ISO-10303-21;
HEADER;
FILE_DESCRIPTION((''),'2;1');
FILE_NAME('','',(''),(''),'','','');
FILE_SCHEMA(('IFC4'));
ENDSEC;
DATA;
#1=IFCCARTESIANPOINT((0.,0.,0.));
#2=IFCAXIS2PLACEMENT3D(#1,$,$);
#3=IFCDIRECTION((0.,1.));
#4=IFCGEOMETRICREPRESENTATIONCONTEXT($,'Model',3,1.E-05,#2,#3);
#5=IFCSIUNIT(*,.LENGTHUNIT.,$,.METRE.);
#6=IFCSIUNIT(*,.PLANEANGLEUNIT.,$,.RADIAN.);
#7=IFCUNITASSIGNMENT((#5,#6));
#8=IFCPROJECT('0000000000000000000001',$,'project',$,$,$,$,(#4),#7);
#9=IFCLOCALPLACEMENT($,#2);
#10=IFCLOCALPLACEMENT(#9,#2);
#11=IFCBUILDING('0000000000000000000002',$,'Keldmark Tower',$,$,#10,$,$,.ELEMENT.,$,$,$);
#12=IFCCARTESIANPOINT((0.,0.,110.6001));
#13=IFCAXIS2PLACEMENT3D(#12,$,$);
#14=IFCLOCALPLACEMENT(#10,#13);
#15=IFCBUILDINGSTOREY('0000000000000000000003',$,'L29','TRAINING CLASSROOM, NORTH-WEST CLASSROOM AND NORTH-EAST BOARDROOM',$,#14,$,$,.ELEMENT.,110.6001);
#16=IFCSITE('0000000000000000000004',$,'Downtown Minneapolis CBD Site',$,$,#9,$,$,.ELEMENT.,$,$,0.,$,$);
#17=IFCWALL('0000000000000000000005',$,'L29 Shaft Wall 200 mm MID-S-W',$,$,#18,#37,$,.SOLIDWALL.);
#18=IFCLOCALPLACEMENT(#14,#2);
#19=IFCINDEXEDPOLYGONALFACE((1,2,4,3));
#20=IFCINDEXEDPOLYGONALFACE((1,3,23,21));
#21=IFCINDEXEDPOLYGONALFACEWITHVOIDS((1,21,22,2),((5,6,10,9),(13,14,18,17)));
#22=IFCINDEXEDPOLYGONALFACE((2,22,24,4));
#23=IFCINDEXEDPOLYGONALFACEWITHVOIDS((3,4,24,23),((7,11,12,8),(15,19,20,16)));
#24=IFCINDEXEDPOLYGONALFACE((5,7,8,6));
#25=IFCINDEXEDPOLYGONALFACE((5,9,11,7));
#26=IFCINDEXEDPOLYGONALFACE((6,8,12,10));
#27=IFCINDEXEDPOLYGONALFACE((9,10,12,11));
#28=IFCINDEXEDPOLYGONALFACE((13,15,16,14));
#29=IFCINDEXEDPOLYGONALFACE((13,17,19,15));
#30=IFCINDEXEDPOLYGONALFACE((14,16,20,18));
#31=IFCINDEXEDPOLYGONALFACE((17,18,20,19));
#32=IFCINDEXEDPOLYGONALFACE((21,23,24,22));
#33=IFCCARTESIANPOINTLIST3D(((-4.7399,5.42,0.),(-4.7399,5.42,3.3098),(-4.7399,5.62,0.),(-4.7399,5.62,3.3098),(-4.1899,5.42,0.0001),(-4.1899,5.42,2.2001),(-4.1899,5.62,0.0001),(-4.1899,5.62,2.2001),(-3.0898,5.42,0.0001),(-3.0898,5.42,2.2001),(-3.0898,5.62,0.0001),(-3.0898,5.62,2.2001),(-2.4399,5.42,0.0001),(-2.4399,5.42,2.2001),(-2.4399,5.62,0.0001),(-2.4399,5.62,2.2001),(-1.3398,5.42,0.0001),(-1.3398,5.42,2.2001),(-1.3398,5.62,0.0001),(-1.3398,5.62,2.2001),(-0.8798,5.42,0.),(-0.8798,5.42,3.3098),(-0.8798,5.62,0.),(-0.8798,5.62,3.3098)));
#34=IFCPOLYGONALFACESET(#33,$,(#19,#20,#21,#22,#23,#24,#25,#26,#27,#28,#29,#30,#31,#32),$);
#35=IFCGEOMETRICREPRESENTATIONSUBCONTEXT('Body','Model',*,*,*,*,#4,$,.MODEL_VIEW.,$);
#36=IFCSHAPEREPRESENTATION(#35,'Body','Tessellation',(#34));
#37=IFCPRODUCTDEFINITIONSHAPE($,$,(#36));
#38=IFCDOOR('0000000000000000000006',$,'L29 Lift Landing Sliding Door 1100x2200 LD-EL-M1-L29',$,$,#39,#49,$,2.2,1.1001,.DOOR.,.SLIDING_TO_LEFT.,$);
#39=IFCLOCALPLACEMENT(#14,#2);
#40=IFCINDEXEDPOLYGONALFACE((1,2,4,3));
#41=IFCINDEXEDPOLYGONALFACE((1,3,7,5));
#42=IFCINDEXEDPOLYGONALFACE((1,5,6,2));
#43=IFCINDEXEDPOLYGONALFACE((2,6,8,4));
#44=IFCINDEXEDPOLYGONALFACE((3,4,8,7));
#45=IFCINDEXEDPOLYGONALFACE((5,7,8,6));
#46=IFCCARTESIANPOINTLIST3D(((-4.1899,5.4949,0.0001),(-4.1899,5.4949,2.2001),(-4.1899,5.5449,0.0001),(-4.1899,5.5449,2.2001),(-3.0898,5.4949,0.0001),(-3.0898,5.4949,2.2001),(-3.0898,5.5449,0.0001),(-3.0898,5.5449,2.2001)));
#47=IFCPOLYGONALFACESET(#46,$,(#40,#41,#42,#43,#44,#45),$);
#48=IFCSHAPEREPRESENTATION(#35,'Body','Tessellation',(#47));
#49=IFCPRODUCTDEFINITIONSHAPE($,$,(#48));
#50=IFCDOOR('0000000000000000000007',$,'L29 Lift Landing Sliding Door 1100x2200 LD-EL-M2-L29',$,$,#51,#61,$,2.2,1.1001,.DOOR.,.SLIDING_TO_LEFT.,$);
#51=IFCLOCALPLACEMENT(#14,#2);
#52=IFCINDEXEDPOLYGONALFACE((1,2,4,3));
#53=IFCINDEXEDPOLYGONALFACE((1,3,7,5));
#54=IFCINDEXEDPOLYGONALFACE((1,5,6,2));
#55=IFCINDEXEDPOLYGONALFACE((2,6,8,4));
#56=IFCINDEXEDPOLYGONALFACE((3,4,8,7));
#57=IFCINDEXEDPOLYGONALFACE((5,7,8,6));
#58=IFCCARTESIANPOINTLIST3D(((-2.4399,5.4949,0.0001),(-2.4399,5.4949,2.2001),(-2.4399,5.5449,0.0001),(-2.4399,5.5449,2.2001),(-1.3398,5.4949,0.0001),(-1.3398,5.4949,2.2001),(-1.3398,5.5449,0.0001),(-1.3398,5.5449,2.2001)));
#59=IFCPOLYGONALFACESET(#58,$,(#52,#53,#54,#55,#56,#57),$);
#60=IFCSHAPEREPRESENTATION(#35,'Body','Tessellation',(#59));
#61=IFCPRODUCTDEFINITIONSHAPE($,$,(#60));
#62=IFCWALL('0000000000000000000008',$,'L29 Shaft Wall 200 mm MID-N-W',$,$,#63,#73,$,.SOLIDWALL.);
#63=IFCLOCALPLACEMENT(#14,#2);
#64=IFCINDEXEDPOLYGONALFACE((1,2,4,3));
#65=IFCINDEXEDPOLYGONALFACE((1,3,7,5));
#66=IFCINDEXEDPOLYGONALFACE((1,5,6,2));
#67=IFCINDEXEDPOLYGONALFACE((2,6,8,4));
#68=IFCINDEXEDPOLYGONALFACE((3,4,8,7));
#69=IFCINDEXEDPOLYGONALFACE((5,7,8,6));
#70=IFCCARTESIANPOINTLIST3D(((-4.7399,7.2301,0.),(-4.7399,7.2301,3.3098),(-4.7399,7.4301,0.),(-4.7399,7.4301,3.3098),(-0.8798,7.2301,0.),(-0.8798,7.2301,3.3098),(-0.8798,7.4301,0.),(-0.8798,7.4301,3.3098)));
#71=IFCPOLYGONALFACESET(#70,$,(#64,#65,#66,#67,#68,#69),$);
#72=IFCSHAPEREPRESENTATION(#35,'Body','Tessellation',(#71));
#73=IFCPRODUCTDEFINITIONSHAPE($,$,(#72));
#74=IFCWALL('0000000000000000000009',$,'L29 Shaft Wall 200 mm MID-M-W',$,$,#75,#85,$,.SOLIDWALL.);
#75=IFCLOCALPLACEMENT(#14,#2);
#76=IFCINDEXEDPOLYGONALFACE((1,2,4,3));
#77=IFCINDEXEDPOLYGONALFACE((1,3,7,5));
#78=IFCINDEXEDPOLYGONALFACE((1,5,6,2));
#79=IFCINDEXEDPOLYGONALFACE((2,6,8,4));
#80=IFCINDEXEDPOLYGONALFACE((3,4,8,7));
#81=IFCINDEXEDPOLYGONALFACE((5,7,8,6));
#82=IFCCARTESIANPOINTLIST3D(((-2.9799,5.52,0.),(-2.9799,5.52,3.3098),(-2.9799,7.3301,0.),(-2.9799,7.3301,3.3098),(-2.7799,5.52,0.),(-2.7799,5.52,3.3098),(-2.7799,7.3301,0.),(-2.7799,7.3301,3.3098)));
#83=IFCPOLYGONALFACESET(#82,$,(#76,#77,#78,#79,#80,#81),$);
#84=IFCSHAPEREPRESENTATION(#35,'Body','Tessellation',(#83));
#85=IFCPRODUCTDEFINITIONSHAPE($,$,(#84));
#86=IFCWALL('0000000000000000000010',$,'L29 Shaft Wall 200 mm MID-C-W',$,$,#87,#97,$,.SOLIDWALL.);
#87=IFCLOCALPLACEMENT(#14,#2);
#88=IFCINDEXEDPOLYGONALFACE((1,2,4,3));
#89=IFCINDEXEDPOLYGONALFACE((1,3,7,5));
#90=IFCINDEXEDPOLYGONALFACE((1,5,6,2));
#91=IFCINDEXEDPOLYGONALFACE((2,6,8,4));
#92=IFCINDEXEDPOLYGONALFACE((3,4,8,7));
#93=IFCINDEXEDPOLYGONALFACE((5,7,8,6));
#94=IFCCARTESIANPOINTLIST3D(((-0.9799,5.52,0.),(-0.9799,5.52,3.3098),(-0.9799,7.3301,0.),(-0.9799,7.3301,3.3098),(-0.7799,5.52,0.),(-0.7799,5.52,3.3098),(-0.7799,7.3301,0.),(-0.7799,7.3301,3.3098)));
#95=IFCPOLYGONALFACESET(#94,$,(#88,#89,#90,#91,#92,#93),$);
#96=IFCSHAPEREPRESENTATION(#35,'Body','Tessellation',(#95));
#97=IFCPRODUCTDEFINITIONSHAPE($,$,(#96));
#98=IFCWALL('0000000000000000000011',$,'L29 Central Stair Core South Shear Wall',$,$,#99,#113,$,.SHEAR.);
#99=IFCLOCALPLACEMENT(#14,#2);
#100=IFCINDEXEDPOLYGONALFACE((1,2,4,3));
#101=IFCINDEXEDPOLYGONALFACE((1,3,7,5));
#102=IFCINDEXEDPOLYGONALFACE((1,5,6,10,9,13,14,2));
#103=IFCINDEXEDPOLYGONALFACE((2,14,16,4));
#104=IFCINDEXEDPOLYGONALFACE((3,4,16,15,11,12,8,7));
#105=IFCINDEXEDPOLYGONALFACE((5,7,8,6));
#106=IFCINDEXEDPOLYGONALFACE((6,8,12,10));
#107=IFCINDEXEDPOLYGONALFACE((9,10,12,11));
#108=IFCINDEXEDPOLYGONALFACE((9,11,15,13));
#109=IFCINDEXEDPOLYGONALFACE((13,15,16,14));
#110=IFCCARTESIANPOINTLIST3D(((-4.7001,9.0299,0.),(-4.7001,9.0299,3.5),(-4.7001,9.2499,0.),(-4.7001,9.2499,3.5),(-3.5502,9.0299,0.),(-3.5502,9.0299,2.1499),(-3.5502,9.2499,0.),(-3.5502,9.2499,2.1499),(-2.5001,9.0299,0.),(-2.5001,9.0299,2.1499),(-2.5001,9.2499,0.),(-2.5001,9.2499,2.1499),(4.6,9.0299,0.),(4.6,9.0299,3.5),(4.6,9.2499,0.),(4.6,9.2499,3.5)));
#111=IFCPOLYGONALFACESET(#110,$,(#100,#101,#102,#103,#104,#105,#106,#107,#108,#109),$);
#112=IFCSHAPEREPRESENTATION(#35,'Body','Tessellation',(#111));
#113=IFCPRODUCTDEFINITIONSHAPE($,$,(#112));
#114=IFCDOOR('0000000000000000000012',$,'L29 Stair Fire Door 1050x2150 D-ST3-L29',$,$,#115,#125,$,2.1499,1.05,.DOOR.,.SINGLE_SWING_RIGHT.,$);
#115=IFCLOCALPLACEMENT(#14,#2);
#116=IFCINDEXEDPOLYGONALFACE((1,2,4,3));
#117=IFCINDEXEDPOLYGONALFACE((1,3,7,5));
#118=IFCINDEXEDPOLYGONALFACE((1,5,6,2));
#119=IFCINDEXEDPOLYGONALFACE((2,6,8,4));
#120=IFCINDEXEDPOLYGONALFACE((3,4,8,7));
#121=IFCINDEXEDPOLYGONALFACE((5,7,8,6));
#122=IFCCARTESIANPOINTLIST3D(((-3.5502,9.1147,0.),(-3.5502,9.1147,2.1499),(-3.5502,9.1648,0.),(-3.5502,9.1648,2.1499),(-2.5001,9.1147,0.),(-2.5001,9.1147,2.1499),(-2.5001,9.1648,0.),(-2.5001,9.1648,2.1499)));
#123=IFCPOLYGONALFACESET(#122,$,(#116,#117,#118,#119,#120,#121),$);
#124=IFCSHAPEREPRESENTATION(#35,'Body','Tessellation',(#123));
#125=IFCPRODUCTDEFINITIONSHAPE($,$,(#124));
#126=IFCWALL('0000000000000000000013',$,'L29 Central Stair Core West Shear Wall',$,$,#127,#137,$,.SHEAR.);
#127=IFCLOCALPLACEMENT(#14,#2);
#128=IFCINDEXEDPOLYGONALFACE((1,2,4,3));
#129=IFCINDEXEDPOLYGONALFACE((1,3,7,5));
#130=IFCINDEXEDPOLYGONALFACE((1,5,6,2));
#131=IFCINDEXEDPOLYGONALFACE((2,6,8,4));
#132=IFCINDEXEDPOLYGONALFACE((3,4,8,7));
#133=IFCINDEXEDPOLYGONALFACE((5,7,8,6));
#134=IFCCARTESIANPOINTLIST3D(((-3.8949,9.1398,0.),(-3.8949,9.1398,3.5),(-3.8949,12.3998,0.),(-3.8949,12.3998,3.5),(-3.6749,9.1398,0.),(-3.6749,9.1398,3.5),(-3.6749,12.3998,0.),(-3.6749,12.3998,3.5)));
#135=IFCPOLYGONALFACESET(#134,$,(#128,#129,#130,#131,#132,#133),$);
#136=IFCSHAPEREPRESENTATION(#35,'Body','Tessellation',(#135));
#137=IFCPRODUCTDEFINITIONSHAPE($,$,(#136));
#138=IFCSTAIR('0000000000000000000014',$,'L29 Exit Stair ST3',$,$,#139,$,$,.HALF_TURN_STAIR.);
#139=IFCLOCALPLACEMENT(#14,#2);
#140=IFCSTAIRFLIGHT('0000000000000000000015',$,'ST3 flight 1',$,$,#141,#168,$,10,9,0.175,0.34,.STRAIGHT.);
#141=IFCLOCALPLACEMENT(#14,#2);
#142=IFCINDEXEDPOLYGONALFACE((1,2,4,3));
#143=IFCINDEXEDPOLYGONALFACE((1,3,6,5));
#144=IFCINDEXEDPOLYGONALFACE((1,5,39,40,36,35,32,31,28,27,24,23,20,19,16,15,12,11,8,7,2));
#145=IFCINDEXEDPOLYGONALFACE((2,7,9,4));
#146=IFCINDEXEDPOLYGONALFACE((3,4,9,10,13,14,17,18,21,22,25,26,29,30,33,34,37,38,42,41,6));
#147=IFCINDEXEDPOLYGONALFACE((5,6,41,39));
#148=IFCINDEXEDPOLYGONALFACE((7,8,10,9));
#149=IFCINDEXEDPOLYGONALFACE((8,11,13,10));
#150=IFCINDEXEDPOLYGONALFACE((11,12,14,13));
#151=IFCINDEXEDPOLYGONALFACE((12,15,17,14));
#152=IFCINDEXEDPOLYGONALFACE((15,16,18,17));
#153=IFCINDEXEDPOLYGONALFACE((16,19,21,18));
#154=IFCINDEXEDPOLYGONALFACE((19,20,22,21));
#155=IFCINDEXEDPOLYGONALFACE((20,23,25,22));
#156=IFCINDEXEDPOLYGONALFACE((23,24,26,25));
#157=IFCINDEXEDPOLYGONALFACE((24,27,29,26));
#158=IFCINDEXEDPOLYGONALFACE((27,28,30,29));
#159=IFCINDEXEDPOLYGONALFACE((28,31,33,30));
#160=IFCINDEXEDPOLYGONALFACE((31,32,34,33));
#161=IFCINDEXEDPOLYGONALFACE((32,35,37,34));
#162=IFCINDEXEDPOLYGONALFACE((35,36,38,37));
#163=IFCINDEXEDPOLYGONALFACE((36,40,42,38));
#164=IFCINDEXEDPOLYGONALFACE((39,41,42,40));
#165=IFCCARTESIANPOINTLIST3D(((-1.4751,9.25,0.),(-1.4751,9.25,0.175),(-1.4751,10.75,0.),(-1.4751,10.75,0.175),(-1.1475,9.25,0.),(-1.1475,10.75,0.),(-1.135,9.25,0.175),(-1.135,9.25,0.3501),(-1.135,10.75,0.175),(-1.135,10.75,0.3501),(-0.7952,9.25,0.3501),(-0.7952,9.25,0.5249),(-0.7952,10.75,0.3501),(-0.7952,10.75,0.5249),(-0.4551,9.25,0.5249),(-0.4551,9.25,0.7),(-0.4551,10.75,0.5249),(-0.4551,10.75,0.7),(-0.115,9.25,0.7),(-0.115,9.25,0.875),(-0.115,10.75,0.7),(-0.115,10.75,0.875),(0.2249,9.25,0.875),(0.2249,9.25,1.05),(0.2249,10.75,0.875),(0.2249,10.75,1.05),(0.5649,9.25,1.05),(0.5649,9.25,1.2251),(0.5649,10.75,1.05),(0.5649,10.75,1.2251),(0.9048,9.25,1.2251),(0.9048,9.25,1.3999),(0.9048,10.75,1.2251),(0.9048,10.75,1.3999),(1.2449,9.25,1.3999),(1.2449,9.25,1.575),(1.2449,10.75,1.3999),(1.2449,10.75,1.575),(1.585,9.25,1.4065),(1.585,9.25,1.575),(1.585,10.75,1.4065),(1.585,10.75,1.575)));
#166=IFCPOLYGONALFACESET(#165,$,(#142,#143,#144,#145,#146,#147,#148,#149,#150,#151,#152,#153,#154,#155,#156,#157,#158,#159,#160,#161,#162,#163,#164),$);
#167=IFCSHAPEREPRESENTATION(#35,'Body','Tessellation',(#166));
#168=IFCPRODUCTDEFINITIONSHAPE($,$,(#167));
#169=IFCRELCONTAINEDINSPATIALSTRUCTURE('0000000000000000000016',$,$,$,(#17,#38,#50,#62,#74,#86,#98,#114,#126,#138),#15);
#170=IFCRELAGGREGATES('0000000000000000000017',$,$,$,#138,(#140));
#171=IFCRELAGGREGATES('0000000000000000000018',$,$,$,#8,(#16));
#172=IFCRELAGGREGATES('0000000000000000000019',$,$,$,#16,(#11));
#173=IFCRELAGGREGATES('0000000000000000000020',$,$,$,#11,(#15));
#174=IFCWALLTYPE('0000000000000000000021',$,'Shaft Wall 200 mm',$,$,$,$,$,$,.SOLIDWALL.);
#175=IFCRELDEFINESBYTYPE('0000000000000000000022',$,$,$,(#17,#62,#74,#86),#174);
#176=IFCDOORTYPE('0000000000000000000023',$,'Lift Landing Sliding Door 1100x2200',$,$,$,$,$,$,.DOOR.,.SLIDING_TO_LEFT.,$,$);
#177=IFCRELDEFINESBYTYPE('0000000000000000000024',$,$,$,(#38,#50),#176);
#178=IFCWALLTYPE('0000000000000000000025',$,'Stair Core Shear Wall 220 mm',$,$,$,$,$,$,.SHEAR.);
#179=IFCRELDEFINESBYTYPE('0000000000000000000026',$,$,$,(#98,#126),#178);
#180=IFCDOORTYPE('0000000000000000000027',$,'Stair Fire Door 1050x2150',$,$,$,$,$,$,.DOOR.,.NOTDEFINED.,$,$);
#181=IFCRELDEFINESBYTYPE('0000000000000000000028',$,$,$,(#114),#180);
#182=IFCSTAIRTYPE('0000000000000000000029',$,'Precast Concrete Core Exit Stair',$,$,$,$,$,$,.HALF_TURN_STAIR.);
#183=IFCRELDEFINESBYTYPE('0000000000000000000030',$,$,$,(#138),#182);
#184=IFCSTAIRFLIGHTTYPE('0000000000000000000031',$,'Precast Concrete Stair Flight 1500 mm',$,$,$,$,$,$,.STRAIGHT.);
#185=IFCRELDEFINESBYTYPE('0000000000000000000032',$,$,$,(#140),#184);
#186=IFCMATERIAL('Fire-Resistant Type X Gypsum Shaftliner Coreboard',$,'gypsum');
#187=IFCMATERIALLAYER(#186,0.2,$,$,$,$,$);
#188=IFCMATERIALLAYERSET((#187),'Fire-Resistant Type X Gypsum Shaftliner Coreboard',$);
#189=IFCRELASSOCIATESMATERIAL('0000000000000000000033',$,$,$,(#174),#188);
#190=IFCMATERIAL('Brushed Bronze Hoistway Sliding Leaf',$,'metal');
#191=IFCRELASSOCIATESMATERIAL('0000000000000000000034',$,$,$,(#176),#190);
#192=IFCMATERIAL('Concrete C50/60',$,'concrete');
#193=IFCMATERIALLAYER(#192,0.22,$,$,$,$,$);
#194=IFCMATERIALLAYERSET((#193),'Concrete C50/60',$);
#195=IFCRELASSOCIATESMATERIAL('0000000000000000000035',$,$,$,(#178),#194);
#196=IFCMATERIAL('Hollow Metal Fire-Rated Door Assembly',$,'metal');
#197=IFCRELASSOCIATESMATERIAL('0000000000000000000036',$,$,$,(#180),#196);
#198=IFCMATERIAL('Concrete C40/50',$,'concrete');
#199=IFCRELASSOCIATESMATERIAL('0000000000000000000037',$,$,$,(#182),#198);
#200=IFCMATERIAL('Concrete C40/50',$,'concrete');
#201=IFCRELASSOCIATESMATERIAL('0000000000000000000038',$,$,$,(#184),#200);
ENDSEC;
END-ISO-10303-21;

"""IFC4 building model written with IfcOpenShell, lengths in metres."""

from ifc_helpers import new_model, si_unit, direction, frame, frame_2d, origin, place, context, subcontext, project, spatial, polyline, rectangle, outline, extrude, material, layer, layer_set, type_object, element, fill, aggregate, save


model = new_model("IFC4")

# Units and contexts
model_context = context("Model", 3, precision=1e-05, world=origin(), true_north=direction((0.0, 1.0)))
body_context = subcontext(model_context, "Body", "Model", "MODEL_VIEW")
ifc_project = project(units=[si_unit("LENGTHUNIT", "METRE"), si_unit("PLANEANGLEUNIT", "RADIAN")], contexts=[model_context])

# Site, building, storey
site_placement = place(None, origin())
site = spatial("IfcSite", under=ifc_project, at=site_placement, Name="Downtown Minneapolis CBD Site", CompositionType="ELEMENT", RefElevation=0.0)
building_placement = place(site_placement, origin())
building = spatial("IfcBuilding", under=site, at=building_placement, Name="Keldmark Tower", CompositionType="ELEMENT")
storey_placement = place(building_placement, frame((0.0, 0.0, 110.6001)))
storey = spatial("IfcBuildingStorey", under=building, at=storey_placement, Name="L29", Description="TRAINING CLASSROOM, NORTH-WEST CLASSROOM AND NORTH-EAST BOARDROOM", CompositionType="ELEMENT", Elevation=110.6001)

# Wall, openings, doors
ifc_material_1 = material(Name="Fire-Resistant Type X Gypsum Shaftliner Coreboard", Category="gypsum")
ifc_layer_1 = layer(ifc_material_1, 0.2)
ifc_layer_set_1 = layer_set([ifc_layer_1], Name="Fire-Resistant Type X Gypsum Shaftliner Coreboard")
wall_type_1 = type_object("IfcWallType", Name="Shaft Wall 200 mm", PredefinedType="SOLIDWALL", material=ifc_layer_set_1)
wall_1_placement = place(storey_placement, frame((-4.74, 5.52, 0.0), z_axis=(0.0, 0.0, 1.0), x_axis=(1.0, 0.0, 0.0)))
wall_1 = element("IfcWall", 1, at=wall_1_placement, inside=storey, type_object=wall_type_1, Name="L29 Shaft Wall 200 mm MID-S-W", PredefinedType="SOLIDWALL", context=body_context, shape_type="SweptSolid", body=[
    extrude(rectangle(XDim=3.8601, YDim=0.2, at=frame_2d((1.9302, 0.0))), origin(), (0.0, 0.0, 1.0), 3.3098),
])
opening_1_placement = place(wall_1_placement, frame((0.55, 0.0, 0.0)))
opening_1 = element("IfcOpeningElement", 2, at=opening_1_placement, cuts=wall_1, PredefinedType="OPENING", context=body_context, shape_type="SweptSolid", body=[
    extrude(rectangle(XDim=1.1001, YDim=2.2, at=frame_2d((0.55, 1.1001))), frame((0.0, 0.1099, 0.0), z_axis=(0.0, -1.0, 0.0), x_axis=(1.0, 0.0, 0.0)), (0.0, 0.0, 1.0), 0.22),
])
opening_2_placement = place(wall_1_placement, frame((2.3, 0.0, 0.0)))
opening_2 = element("IfcOpeningElement", 3, at=opening_2_placement, cuts=wall_1, PredefinedType="OPENING", context=body_context, shape_type="SweptSolid", body=[
    extrude(rectangle(XDim=1.1001, YDim=2.2, at=frame_2d((0.55, 1.1001))), frame((0.0, 0.1099, 0.0), z_axis=(0.0, -1.0, 0.0), x_axis=(1.0, 0.0, 0.0)), (0.0, 0.0, 1.0), 0.22),
])
ifc_material_2 = material(Name="Brushed Bronze Hoistway Sliding Leaf", Category="metal")
door_type_1 = type_object("IfcDoorType", Name="Lift Landing Sliding Door 1100x2200", OperationType="SLIDING_TO_LEFT", PredefinedType="DOOR", material=ifc_material_2)
door_1_placement = place(opening_1_placement, origin())
door_1 = element("IfcDoor", 4, at=door_1_placement, inside=storey, type_object=door_type_1, Name="L29 Lift Landing Sliding Door 1100x2200 LD-EL-M1-L29", OperationType="SLIDING_TO_LEFT", OverallHeight=2.2, OverallWidth=1.1001, PredefinedType="DOOR", context=body_context, shape_type="SweptSolid", body=[
    extrude(rectangle(XDim=1.1001, YDim=2.2, at=frame_2d((0.55, 1.1001))), frame((0.0, 0.0249, 0.0), z_axis=(0.0, -1.0, 0.0), x_axis=(1.0, 0.0, 0.0)), (0.0, 0.0, 1.0), 0.05),
])
fill(opening_1, door_1)
door_2_placement = place(opening_2_placement, origin())
door_2 = element("IfcDoor", 5, at=door_2_placement, inside=storey, type_object=door_type_1, Name="L29 Lift Landing Sliding Door 1100x2200 LD-EL-M2-L29", OperationType="SLIDING_TO_LEFT", OverallHeight=2.2, OverallWidth=1.1001, PredefinedType="DOOR", context=body_context, shape_type="SweptSolid", body=[
    extrude(rectangle(XDim=1.1001, YDim=2.2, at=frame_2d((0.55, 1.1001))), frame((0.0, 0.0249, 0.0), z_axis=(0.0, -1.0, 0.0), x_axis=(1.0, 0.0, 0.0)), (0.0, 0.0, 1.0), 0.05),
])
fill(opening_2, door_2)

# Walls
wall_2_placement = place(storey_placement, frame((-4.74, 7.3301, 0.0), z_axis=(0.0, 0.0, 1.0), x_axis=(1.0, 0.0, 0.0)))
element("IfcWall", 6, at=wall_2_placement, inside=storey, type_object=wall_type_1, Name="L29 Shaft Wall 200 mm MID-N-W", PredefinedType="SOLIDWALL", context=body_context, shape_type="SweptSolid", body=[
    extrude(rectangle(XDim=3.8601, YDim=0.2, at=frame_2d((1.9302, 0.0))), origin(), (0.0, 0.0, 1.0), 3.3098),
])
for number, where, z_axis, x_axis, name in (
    (7, (-2.8799, 5.52, 0.0), (0.0, 0.0, 1.0), (0.0, 1.0, 0.0), "L29 Shaft Wall 200 mm MID-M-W"),
    (8, (-0.8799, 5.52, 0.0), (0.0, 0.0, 1.0), (0.0, 1.0, 0.0), "L29 Shaft Wall 200 mm MID-C-W"),
):
    element("IfcWall", number, at=place(storey_placement, frame(where, z_axis=z_axis, x_axis=x_axis)), inside=storey, type_object=wall_type_1, Name=name, PredefinedType="SOLIDWALL", context=body_context, shape_type="SweptSolid", body=[
        extrude(rectangle(XDim=1.8101, YDim=0.2, at=frame_2d((0.905, 0.0))), origin(), (0.0, 0.0, 1.0), 3.3098),
    ])

# Wall, opening, door
ifc_material_3 = material(Name="Concrete C50/60", Category="concrete")
ifc_layer_2 = layer(ifc_material_3, 0.22)
ifc_layer_set_2 = layer_set([ifc_layer_2], Name="Concrete C50/60")
wall_type_2 = type_object("IfcWallType", Name="Stair Core Shear Wall 220 mm", PredefinedType="SHEAR", material=ifc_layer_set_2)
wall_3_placement = place(storey_placement, frame((-4.7, 9.1399, 0.0), z_axis=(0.0, 0.0, 1.0), x_axis=(1.0, 0.0, 0.0)))
wall_3 = element("IfcWall", 9, at=wall_3_placement, inside=storey, type_object=wall_type_2, Name="L29 Central Stair Core South Shear Wall", PredefinedType="SHEAR", context=body_context, shape_type="SweptSolid", body=[
    extrude(rectangle(XDim=9.3, YDim=0.22, at=frame_2d((4.6499, 0.0))), origin(), (0.0, 0.0, 1.0), 3.5),
])
opening_3_placement = place(wall_3_placement, frame((1.1499, 0.0, 0.0)))
opening_3 = element("IfcOpeningElement", 10, at=opening_3_placement, cuts=wall_3, PredefinedType="OPENING", context=body_context, shape_type="SweptSolid", body=[
    extrude(rectangle(XDim=1.05, YDim=2.1499, at=frame_2d((0.5249, 1.075))), frame((0.0, 0.1199, 0.0), z_axis=(0.0, -1.0, 0.0), x_axis=(1.0, 0.0, 0.0)), (0.0, 0.0, 1.0), 0.24),
])
ifc_material_4 = material(Name="Hollow Metal Fire-Rated Door Assembly", Category="metal")
door_type_2 = type_object("IfcDoorType", Name="Stair Fire Door 1050x2150", OperationType="NOTDEFINED", PredefinedType="DOOR", material=ifc_material_4)
door_3_placement = place(opening_3_placement, origin())
door_3 = element("IfcDoor", 11, at=door_3_placement, inside=storey, type_object=door_type_2, Name="L29 Stair Fire Door 1050x2150 D-ST3-L29", OperationType="SINGLE_SWING_RIGHT", OverallHeight=2.1499, OverallWidth=1.05, PredefinedType="DOOR", context=body_context, shape_type="SweptSolid", body=[
    extrude(rectangle(XDim=1.05, YDim=2.1499, at=frame_2d((0.5249, 1.075))), frame((0.0, 0.0249, 0.0), z_axis=(0.0, -1.0, 0.0), x_axis=(1.0, 0.0, 0.0)), (0.0, 0.0, 1.0), 0.05),
])
fill(opening_3, door_3)

# Wall
wall_4_placement = place(storey_placement, frame((-3.7849, 9.1399, 0.0), z_axis=(0.0, 0.0, 1.0), x_axis=(0.0, 1.0, 0.0)))
element("IfcWall", 12, at=wall_4_placement, inside=storey, type_object=wall_type_2, Name="L29 Central Stair Core West Shear Wall", PredefinedType="SHEAR", context=body_context, shape_type="SweptSolid", body=[
    extrude(rectangle(XDim=3.26, YDim=0.22, at=frame_2d((1.6299, 0.0))), origin(), (0.0, 0.0, 1.0), 3.5),
])

# Stair, stair flight
ifc_material_5 = material(Name="Concrete C40/50", Category="concrete")
stair_type = type_object("IfcStairType", Name="Precast Concrete Core Exit Stair", PredefinedType="HALF_TURN_STAIR", material=ifc_material_5)
stair_placement = place(storey_placement, origin())
stair = element("IfcStair", 13, at=stair_placement, inside=storey, type_object=stair_type, Name="L29 Exit Stair ST3", PredefinedType="HALF_TURN_STAIR")
ifc_material_6 = material(Name="Concrete C40/50", Category="concrete")
stair_flight_type = type_object("IfcStairFlightType", Name="Precast Concrete Stair Flight 1500 mm", PredefinedType="STRAIGHT", material=ifc_material_6)
stair_flight_placement = place(storey_placement, frame((-1.4751, 10.0, 0.0), z_axis=(0.0, 0.0, 1.0), x_axis=(1.0, 0.0, 0.0)))
stair_flight = element("IfcStairFlight", 14, at=stair_flight_placement, type_object=stair_flight_type, Name="ST3 flight 1", NumberOfRisers=10, NumberOfTreads=9, PredefinedType="STRAIGHT", RiserHeight=0.175, TreadLength=0.34, context=body_context, shape_type="SweptSolid", body=[
    extrude(outline(polyline([(0.0, 0.0), (0.0, 0.175), (0.3401, 0.175), (0.3401, 0.3501), (0.6799, 0.3501), (0.6799, 0.5249), (1.02, 0.5249), (1.02, 0.7), (1.3601, 0.7), (1.3601, 0.875), (1.7, 0.875), (1.7, 1.05), (2.04, 1.05), (2.04, 1.2251), (2.3799, 1.2251), (2.3799, 1.3999), (2.72, 1.3999), (2.72, 1.575), (3.0601, 1.575), (3.0601, 1.75), (3.0601, 1.4065), (0.3276, 0.0), (0.0, 0.0)])), frame((0.0, 0.75, 0.0), z_axis=(0.0, -1.0, 0.0), x_axis=(1.0, 0.0, 0.0)), (0.0, 0.0, 1.0), 1.5),
])
aggregate(stair, [stair_flight])

save(model, "model.ifc")
